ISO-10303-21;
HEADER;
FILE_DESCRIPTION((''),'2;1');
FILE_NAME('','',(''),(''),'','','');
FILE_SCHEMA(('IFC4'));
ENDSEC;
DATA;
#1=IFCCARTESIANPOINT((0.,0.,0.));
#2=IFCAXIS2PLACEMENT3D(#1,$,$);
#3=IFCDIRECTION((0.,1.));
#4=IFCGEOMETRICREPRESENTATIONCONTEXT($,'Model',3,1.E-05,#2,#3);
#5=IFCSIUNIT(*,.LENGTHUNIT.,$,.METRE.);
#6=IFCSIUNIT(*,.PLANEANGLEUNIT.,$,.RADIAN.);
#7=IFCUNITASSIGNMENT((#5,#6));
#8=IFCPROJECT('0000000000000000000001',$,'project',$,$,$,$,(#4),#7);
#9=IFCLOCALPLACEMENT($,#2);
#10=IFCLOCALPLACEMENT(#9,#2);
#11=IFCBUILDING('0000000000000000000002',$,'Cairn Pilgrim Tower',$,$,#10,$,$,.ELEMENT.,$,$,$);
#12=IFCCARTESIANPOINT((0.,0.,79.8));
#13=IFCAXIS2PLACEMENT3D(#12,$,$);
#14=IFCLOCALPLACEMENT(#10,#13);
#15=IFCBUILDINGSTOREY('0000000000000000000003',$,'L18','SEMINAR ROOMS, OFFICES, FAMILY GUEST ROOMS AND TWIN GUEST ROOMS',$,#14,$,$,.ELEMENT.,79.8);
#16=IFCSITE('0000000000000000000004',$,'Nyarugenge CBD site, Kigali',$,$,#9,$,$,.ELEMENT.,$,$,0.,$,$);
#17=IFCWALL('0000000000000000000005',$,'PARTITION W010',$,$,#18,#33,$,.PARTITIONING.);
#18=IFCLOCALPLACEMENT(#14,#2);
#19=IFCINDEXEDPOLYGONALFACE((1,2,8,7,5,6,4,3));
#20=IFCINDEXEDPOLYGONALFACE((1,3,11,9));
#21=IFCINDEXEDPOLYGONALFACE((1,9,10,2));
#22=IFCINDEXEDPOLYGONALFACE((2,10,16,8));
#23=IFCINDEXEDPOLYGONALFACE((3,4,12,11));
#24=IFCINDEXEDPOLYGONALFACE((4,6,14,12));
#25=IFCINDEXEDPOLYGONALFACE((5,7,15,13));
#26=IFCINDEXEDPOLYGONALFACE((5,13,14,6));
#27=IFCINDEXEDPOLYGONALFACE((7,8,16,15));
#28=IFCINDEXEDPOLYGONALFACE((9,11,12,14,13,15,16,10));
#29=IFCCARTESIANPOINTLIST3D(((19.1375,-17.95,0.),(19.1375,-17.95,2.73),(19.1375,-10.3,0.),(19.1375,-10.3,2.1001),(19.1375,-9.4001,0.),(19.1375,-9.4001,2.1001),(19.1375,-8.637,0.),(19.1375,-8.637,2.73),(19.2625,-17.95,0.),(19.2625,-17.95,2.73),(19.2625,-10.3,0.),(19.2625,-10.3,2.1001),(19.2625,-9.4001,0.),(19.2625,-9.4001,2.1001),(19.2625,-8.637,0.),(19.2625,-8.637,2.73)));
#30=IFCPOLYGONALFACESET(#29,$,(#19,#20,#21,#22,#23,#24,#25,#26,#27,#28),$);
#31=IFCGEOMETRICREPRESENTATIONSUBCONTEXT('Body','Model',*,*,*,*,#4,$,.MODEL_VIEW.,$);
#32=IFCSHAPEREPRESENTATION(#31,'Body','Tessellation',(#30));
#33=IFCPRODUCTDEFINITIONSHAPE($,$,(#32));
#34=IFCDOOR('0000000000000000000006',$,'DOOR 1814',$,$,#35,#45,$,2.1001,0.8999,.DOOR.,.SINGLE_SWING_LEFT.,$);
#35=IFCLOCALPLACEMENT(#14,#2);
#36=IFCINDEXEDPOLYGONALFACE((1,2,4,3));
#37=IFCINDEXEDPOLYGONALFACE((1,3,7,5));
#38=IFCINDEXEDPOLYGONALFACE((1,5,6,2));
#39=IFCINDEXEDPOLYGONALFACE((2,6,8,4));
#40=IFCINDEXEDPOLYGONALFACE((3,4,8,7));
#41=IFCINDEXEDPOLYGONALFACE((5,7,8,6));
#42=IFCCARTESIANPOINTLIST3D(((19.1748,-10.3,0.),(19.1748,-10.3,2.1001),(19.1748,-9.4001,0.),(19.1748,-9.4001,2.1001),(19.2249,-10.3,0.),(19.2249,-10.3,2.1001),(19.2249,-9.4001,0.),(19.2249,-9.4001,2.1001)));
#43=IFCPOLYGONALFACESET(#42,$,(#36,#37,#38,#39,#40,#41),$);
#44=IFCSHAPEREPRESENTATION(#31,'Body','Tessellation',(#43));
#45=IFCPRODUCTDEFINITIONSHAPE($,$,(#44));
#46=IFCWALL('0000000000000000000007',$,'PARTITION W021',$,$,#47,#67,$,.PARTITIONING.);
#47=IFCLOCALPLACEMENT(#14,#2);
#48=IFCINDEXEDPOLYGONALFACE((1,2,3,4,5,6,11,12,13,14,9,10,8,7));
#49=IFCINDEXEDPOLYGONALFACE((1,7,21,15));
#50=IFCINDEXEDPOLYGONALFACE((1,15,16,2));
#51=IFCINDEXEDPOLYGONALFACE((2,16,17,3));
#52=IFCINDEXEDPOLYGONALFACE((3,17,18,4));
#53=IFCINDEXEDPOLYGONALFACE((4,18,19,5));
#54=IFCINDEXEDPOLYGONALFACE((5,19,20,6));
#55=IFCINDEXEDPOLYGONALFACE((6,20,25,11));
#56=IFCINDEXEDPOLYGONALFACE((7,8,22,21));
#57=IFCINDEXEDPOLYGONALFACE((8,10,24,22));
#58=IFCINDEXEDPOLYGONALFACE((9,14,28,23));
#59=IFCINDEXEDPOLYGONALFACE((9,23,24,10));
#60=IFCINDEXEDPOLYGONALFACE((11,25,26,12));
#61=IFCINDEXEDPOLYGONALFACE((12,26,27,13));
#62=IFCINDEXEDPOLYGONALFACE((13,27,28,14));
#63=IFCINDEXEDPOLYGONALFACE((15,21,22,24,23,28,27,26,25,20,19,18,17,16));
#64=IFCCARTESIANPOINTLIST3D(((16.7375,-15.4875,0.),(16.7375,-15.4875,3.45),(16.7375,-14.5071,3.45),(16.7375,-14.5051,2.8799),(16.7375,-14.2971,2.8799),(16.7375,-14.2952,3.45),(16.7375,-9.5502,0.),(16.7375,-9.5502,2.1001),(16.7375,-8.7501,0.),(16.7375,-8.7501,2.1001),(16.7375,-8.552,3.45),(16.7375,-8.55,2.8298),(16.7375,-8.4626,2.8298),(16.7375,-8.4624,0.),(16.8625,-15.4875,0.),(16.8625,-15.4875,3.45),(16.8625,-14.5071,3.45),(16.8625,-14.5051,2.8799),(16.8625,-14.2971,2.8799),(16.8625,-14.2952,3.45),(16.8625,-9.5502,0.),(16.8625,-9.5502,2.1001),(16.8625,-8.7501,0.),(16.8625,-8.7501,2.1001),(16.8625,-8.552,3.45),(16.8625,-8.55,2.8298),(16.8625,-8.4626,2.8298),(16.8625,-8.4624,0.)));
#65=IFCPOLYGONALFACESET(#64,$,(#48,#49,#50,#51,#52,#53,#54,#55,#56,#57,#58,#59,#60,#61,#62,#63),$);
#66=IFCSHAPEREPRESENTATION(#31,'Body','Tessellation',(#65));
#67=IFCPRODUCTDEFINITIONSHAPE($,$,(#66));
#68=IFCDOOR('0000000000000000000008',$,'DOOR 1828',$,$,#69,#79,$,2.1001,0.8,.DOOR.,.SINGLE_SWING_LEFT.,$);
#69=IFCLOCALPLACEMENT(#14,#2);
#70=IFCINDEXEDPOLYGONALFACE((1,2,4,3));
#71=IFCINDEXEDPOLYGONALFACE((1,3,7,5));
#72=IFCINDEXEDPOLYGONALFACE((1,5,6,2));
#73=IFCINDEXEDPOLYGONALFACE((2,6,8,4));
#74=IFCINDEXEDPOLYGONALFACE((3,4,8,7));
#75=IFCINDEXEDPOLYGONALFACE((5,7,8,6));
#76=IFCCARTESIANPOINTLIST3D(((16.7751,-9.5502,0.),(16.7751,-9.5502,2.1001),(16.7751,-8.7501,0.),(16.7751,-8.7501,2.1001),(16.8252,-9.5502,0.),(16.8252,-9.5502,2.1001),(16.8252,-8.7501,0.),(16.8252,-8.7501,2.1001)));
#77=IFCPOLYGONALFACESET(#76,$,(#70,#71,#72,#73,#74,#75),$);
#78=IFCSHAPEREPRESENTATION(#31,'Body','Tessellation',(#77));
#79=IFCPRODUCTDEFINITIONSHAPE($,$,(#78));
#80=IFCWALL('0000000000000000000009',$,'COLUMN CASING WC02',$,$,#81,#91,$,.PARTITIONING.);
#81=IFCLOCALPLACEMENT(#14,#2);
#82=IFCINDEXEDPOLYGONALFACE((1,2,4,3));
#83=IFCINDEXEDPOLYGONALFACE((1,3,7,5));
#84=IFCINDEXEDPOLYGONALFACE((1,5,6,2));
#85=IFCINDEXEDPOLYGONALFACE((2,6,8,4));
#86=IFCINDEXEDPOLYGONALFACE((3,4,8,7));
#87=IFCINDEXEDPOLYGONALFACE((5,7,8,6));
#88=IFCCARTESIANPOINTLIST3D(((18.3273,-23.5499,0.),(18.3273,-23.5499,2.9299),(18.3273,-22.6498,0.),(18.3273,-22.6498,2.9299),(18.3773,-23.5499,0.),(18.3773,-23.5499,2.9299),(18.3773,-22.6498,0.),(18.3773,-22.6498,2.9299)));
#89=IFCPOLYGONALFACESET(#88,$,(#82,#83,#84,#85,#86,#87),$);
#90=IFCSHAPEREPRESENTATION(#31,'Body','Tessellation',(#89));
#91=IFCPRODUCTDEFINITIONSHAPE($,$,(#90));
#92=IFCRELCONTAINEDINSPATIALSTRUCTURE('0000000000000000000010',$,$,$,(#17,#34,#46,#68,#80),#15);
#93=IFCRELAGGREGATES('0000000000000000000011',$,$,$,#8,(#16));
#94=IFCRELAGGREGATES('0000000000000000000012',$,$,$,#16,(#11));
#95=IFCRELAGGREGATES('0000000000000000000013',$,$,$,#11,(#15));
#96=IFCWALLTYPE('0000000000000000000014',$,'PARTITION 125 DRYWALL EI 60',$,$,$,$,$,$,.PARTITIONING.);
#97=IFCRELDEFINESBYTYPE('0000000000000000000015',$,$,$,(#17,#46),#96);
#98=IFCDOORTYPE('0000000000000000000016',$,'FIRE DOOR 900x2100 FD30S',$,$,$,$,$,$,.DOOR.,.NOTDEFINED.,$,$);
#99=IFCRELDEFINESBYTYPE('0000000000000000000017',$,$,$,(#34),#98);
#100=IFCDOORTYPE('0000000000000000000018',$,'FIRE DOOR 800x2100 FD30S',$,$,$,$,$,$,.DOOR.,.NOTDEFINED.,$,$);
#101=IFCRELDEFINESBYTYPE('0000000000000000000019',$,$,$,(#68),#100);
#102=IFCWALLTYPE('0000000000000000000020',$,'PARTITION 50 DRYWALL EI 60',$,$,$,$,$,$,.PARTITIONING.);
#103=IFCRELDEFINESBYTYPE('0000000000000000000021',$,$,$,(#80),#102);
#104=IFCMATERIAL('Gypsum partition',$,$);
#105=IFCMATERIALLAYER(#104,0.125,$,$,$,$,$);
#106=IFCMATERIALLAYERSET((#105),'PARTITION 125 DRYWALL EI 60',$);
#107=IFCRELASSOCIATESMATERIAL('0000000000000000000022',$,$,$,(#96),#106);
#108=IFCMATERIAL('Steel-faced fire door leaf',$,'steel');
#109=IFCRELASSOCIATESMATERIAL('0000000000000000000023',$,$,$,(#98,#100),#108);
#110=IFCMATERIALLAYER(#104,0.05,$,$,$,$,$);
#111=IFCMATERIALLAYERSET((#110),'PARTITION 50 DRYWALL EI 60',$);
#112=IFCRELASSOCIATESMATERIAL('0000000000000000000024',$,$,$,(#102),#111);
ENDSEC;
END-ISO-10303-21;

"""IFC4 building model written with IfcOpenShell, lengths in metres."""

from ifc_helpers import new_model, si_unit, direction, frame, frame_2d, origin, place, context, subcontext, project, spatial, polyline, rectangle, outline, extrude, material, layer, layer_set, type_object, element, fill, save


model = new_model("IFC4")

# Units and contexts
model_context = context("Model", 3, precision=1e-05, world=origin(), true_north=direction((0.0, 1.0)))
body_context = subcontext(model_context, "Body", "Model", "MODEL_VIEW")
ifc_project = project(units=[si_unit("LENGTHUNIT", "METRE"), si_unit("PLANEANGLEUNIT", "RADIAN")], contexts=[model_context])

# Site, building, storey
site_placement = place(None, origin())
site = spatial("IfcSite", under=ifc_project, at=site_placement, Name="Nyarugenge CBD site, Kigali", CompositionType="ELEMENT", RefElevation=0.0)
building_placement = place(site_placement, origin())
building = spatial("IfcBuilding", under=site, at=building_placement, Name="Cairn Pilgrim Tower", CompositionType="ELEMENT")
storey_placement = place(building_placement, frame((0.0, 0.0, 79.8)))
storey = spatial("IfcBuildingStorey", under=building, at=storey_placement, Name="L18", Description="SEMINAR ROOMS, OFFICES, FAMILY GUEST ROOMS AND TWIN GUEST ROOMS", CompositionType="ELEMENT", Elevation=79.8)

# Shared definitions
ifc_material_1 = material(Name="Gypsum partition")
ifc_layer_1 = layer(ifc_material_1, 0.125)
ifc_layer_set_1 = layer_set([ifc_layer_1], Name="PARTITION 125 DRYWALL EI 60")
wall_type_1 = type_object("IfcWallType", Name="PARTITION 125 DRYWALL EI 60", PredefinedType="PARTITIONING", material=ifc_layer_set_1)

# Walls, openings, doors
wall_1_placement = place(storey_placement, frame((19.2, -17.95, 0.0), z_axis=(0.0, 0.0, 1.0), x_axis=(0.0, 1.0, 0.0)))
wall_1 = element("IfcWall", 1, at=wall_1_placement, inside=storey, type_object=wall_type_1, Name="PARTITION W010", PredefinedType="PARTITIONING", context=body_context, shape_type="SweptSolid", body=[
    extrude(rectangle(XDim=9.313, YDim=0.125, at=frame_2d((4.6565, 0.0))), origin(), (0.0, 0.0, 1.0), 2.73),
])
opening_1_placement = place(wall_1_placement, frame((7.6499, 0.0, 0.0)))
opening_1 = element("IfcOpeningElement", 2, at=opening_1_placement, cuts=wall_1, PredefinedType="OPENING", context=body_context, shape_type="SweptSolid", body=[
    extrude(rectangle(XDim=0.8999, YDim=2.1001, at=frame_2d((0.45, 1.05))), frame((0.0, 0.0725, 0.0), z_axis=(0.0, -1.0, 0.0), x_axis=(1.0, 0.0, 0.0)), (0.0, 0.0, 1.0), 0.145),
])
ifc_material_2 = material(Name="Steel-faced fire door leaf", Category="steel")
door_type_1 = type_object("IfcDoorType", Name="FIRE DOOR 900x2100 FD30S", OperationType="NOTDEFINED", PredefinedType="DOOR", material=ifc_material_2)
door_1_placement = place(opening_1_placement, frame((0.8999, 0.0, 0.0), z_axis=(0.0, 0.0, 1.0), x_axis=(-1.0, 0.0, 0.0)))
door_1 = element("IfcDoor", 3, at=door_1_placement, inside=storey, type_object=door_type_1, Name="DOOR 1814", OperationType="SINGLE_SWING_LEFT", OverallHeight=2.1001, OverallWidth=0.8999, PredefinedType="DOOR", context=body_context, shape_type="SweptSolid", body=[
    extrude(rectangle(XDim=0.8999, YDim=2.1001, at=frame_2d((0.45, 1.05))), frame((0.0, 0.0249, 0.0), z_axis=(0.0, -1.0, 0.0), x_axis=(1.0, 0.0, 0.0)), (0.0, 0.0, 1.0), 0.05),
])
fill(opening_1, door_1)
wall_2_placement = place(storey_placement, frame((16.8, -15.4875, 0.0), z_axis=(0.0, 0.0, 1.0), x_axis=(0.0, 1.0, 0.0)))
wall_2 = element("IfcWall", 4, at=wall_2_placement, inside=storey, type_object=wall_type_1, Name="PARTITION W021", PredefinedType="PARTITIONING", context=body_context, shape_type="SweptSolid", body=[
    extrude(outline(polyline([(0.0, 0.0), (7.0251, 0.0), (7.0249, 2.8298), (6.9375, 2.8298), (6.9355, 3.45), (1.1924, 3.45), (1.1904, 2.8799), (0.9824, 2.8799), (0.9805, 3.45), (0.0, 3.45), (0.0, 0.0)])), frame((0.0, 0.0625, 0.0), z_axis=(0.0, -1.0, 0.0), x_axis=(1.0, 0.0, 0.0)), (0.0, 0.0, 1.0), 0.125),
])
opening_2_placement = place(wall_2_placement, frame((5.9375, 0.0, 0.0)))
opening_2 = element("IfcOpeningElement", 5, at=opening_2_placement, cuts=wall_2, PredefinedType="OPENING", context=body_context, shape_type="SweptSolid", body=[
    extrude(rectangle(XDim=0.8, YDim=2.1001, at=frame_2d((0.3999, 1.05))), frame((0.0, 0.0725, 0.0), z_axis=(0.0, -1.0, 0.0), x_axis=(1.0, 0.0, 0.0)), (0.0, 0.0, 1.0), 0.145),
])
door_type_2 = type_object("IfcDoorType", Name="FIRE DOOR 800x2100 FD30S", OperationType="NOTDEFINED", PredefinedType="DOOR", material=ifc_material_2)
door_2_placement = place(opening_2_placement, origin())
door_2 = element("IfcDoor", 6, at=door_2_placement, inside=storey, type_object=door_type_2, Name="DOOR 1828", OperationType="SINGLE_SWING_LEFT", OverallHeight=2.1001, OverallWidth=0.8, PredefinedType="DOOR", context=body_context, shape_type="SweptSolid", body=[
    extrude(rectangle(XDim=0.8, YDim=2.1001, at=frame_2d((0.3999, 1.05))), frame((0.0, 0.0249, 0.0), z_axis=(0.0, -1.0, 0.0), x_axis=(1.0, 0.0, 0.0)), (0.0, 0.0, 1.0), 0.05),
])
fill(opening_2, door_2)

# Wall
ifc_layer_2 = layer(ifc_material_1, 0.05)
ifc_layer_set_2 = layer_set([ifc_layer_2], Name="PARTITION 50 DRYWALL EI 60")
wall_type_2 = type_object("IfcWallType", Name="PARTITION 50 DRYWALL EI 60", PredefinedType="PARTITIONING", material=ifc_layer_set_2)
wall_3_placement = place(storey_placement, frame((18.3523, -23.55, 0.0), z_axis=(0.0, 0.0, 1.0), x_axis=(0.0, 1.0, 0.0)))
element("IfcWall", 7, at=wall_3_placement, inside=storey, type_object=wall_type_2, Name="COLUMN CASING WC02", PredefinedType="PARTITIONING", context=body_context, shape_type="SweptSolid", body=[
    extrude(rectangle(XDim=0.9001, YDim=0.05, at=frame_2d((0.4502, 0.0))), origin(), (0.0, 0.0, 1.0), 2.9299),
])

save(model, "model.ifc")
